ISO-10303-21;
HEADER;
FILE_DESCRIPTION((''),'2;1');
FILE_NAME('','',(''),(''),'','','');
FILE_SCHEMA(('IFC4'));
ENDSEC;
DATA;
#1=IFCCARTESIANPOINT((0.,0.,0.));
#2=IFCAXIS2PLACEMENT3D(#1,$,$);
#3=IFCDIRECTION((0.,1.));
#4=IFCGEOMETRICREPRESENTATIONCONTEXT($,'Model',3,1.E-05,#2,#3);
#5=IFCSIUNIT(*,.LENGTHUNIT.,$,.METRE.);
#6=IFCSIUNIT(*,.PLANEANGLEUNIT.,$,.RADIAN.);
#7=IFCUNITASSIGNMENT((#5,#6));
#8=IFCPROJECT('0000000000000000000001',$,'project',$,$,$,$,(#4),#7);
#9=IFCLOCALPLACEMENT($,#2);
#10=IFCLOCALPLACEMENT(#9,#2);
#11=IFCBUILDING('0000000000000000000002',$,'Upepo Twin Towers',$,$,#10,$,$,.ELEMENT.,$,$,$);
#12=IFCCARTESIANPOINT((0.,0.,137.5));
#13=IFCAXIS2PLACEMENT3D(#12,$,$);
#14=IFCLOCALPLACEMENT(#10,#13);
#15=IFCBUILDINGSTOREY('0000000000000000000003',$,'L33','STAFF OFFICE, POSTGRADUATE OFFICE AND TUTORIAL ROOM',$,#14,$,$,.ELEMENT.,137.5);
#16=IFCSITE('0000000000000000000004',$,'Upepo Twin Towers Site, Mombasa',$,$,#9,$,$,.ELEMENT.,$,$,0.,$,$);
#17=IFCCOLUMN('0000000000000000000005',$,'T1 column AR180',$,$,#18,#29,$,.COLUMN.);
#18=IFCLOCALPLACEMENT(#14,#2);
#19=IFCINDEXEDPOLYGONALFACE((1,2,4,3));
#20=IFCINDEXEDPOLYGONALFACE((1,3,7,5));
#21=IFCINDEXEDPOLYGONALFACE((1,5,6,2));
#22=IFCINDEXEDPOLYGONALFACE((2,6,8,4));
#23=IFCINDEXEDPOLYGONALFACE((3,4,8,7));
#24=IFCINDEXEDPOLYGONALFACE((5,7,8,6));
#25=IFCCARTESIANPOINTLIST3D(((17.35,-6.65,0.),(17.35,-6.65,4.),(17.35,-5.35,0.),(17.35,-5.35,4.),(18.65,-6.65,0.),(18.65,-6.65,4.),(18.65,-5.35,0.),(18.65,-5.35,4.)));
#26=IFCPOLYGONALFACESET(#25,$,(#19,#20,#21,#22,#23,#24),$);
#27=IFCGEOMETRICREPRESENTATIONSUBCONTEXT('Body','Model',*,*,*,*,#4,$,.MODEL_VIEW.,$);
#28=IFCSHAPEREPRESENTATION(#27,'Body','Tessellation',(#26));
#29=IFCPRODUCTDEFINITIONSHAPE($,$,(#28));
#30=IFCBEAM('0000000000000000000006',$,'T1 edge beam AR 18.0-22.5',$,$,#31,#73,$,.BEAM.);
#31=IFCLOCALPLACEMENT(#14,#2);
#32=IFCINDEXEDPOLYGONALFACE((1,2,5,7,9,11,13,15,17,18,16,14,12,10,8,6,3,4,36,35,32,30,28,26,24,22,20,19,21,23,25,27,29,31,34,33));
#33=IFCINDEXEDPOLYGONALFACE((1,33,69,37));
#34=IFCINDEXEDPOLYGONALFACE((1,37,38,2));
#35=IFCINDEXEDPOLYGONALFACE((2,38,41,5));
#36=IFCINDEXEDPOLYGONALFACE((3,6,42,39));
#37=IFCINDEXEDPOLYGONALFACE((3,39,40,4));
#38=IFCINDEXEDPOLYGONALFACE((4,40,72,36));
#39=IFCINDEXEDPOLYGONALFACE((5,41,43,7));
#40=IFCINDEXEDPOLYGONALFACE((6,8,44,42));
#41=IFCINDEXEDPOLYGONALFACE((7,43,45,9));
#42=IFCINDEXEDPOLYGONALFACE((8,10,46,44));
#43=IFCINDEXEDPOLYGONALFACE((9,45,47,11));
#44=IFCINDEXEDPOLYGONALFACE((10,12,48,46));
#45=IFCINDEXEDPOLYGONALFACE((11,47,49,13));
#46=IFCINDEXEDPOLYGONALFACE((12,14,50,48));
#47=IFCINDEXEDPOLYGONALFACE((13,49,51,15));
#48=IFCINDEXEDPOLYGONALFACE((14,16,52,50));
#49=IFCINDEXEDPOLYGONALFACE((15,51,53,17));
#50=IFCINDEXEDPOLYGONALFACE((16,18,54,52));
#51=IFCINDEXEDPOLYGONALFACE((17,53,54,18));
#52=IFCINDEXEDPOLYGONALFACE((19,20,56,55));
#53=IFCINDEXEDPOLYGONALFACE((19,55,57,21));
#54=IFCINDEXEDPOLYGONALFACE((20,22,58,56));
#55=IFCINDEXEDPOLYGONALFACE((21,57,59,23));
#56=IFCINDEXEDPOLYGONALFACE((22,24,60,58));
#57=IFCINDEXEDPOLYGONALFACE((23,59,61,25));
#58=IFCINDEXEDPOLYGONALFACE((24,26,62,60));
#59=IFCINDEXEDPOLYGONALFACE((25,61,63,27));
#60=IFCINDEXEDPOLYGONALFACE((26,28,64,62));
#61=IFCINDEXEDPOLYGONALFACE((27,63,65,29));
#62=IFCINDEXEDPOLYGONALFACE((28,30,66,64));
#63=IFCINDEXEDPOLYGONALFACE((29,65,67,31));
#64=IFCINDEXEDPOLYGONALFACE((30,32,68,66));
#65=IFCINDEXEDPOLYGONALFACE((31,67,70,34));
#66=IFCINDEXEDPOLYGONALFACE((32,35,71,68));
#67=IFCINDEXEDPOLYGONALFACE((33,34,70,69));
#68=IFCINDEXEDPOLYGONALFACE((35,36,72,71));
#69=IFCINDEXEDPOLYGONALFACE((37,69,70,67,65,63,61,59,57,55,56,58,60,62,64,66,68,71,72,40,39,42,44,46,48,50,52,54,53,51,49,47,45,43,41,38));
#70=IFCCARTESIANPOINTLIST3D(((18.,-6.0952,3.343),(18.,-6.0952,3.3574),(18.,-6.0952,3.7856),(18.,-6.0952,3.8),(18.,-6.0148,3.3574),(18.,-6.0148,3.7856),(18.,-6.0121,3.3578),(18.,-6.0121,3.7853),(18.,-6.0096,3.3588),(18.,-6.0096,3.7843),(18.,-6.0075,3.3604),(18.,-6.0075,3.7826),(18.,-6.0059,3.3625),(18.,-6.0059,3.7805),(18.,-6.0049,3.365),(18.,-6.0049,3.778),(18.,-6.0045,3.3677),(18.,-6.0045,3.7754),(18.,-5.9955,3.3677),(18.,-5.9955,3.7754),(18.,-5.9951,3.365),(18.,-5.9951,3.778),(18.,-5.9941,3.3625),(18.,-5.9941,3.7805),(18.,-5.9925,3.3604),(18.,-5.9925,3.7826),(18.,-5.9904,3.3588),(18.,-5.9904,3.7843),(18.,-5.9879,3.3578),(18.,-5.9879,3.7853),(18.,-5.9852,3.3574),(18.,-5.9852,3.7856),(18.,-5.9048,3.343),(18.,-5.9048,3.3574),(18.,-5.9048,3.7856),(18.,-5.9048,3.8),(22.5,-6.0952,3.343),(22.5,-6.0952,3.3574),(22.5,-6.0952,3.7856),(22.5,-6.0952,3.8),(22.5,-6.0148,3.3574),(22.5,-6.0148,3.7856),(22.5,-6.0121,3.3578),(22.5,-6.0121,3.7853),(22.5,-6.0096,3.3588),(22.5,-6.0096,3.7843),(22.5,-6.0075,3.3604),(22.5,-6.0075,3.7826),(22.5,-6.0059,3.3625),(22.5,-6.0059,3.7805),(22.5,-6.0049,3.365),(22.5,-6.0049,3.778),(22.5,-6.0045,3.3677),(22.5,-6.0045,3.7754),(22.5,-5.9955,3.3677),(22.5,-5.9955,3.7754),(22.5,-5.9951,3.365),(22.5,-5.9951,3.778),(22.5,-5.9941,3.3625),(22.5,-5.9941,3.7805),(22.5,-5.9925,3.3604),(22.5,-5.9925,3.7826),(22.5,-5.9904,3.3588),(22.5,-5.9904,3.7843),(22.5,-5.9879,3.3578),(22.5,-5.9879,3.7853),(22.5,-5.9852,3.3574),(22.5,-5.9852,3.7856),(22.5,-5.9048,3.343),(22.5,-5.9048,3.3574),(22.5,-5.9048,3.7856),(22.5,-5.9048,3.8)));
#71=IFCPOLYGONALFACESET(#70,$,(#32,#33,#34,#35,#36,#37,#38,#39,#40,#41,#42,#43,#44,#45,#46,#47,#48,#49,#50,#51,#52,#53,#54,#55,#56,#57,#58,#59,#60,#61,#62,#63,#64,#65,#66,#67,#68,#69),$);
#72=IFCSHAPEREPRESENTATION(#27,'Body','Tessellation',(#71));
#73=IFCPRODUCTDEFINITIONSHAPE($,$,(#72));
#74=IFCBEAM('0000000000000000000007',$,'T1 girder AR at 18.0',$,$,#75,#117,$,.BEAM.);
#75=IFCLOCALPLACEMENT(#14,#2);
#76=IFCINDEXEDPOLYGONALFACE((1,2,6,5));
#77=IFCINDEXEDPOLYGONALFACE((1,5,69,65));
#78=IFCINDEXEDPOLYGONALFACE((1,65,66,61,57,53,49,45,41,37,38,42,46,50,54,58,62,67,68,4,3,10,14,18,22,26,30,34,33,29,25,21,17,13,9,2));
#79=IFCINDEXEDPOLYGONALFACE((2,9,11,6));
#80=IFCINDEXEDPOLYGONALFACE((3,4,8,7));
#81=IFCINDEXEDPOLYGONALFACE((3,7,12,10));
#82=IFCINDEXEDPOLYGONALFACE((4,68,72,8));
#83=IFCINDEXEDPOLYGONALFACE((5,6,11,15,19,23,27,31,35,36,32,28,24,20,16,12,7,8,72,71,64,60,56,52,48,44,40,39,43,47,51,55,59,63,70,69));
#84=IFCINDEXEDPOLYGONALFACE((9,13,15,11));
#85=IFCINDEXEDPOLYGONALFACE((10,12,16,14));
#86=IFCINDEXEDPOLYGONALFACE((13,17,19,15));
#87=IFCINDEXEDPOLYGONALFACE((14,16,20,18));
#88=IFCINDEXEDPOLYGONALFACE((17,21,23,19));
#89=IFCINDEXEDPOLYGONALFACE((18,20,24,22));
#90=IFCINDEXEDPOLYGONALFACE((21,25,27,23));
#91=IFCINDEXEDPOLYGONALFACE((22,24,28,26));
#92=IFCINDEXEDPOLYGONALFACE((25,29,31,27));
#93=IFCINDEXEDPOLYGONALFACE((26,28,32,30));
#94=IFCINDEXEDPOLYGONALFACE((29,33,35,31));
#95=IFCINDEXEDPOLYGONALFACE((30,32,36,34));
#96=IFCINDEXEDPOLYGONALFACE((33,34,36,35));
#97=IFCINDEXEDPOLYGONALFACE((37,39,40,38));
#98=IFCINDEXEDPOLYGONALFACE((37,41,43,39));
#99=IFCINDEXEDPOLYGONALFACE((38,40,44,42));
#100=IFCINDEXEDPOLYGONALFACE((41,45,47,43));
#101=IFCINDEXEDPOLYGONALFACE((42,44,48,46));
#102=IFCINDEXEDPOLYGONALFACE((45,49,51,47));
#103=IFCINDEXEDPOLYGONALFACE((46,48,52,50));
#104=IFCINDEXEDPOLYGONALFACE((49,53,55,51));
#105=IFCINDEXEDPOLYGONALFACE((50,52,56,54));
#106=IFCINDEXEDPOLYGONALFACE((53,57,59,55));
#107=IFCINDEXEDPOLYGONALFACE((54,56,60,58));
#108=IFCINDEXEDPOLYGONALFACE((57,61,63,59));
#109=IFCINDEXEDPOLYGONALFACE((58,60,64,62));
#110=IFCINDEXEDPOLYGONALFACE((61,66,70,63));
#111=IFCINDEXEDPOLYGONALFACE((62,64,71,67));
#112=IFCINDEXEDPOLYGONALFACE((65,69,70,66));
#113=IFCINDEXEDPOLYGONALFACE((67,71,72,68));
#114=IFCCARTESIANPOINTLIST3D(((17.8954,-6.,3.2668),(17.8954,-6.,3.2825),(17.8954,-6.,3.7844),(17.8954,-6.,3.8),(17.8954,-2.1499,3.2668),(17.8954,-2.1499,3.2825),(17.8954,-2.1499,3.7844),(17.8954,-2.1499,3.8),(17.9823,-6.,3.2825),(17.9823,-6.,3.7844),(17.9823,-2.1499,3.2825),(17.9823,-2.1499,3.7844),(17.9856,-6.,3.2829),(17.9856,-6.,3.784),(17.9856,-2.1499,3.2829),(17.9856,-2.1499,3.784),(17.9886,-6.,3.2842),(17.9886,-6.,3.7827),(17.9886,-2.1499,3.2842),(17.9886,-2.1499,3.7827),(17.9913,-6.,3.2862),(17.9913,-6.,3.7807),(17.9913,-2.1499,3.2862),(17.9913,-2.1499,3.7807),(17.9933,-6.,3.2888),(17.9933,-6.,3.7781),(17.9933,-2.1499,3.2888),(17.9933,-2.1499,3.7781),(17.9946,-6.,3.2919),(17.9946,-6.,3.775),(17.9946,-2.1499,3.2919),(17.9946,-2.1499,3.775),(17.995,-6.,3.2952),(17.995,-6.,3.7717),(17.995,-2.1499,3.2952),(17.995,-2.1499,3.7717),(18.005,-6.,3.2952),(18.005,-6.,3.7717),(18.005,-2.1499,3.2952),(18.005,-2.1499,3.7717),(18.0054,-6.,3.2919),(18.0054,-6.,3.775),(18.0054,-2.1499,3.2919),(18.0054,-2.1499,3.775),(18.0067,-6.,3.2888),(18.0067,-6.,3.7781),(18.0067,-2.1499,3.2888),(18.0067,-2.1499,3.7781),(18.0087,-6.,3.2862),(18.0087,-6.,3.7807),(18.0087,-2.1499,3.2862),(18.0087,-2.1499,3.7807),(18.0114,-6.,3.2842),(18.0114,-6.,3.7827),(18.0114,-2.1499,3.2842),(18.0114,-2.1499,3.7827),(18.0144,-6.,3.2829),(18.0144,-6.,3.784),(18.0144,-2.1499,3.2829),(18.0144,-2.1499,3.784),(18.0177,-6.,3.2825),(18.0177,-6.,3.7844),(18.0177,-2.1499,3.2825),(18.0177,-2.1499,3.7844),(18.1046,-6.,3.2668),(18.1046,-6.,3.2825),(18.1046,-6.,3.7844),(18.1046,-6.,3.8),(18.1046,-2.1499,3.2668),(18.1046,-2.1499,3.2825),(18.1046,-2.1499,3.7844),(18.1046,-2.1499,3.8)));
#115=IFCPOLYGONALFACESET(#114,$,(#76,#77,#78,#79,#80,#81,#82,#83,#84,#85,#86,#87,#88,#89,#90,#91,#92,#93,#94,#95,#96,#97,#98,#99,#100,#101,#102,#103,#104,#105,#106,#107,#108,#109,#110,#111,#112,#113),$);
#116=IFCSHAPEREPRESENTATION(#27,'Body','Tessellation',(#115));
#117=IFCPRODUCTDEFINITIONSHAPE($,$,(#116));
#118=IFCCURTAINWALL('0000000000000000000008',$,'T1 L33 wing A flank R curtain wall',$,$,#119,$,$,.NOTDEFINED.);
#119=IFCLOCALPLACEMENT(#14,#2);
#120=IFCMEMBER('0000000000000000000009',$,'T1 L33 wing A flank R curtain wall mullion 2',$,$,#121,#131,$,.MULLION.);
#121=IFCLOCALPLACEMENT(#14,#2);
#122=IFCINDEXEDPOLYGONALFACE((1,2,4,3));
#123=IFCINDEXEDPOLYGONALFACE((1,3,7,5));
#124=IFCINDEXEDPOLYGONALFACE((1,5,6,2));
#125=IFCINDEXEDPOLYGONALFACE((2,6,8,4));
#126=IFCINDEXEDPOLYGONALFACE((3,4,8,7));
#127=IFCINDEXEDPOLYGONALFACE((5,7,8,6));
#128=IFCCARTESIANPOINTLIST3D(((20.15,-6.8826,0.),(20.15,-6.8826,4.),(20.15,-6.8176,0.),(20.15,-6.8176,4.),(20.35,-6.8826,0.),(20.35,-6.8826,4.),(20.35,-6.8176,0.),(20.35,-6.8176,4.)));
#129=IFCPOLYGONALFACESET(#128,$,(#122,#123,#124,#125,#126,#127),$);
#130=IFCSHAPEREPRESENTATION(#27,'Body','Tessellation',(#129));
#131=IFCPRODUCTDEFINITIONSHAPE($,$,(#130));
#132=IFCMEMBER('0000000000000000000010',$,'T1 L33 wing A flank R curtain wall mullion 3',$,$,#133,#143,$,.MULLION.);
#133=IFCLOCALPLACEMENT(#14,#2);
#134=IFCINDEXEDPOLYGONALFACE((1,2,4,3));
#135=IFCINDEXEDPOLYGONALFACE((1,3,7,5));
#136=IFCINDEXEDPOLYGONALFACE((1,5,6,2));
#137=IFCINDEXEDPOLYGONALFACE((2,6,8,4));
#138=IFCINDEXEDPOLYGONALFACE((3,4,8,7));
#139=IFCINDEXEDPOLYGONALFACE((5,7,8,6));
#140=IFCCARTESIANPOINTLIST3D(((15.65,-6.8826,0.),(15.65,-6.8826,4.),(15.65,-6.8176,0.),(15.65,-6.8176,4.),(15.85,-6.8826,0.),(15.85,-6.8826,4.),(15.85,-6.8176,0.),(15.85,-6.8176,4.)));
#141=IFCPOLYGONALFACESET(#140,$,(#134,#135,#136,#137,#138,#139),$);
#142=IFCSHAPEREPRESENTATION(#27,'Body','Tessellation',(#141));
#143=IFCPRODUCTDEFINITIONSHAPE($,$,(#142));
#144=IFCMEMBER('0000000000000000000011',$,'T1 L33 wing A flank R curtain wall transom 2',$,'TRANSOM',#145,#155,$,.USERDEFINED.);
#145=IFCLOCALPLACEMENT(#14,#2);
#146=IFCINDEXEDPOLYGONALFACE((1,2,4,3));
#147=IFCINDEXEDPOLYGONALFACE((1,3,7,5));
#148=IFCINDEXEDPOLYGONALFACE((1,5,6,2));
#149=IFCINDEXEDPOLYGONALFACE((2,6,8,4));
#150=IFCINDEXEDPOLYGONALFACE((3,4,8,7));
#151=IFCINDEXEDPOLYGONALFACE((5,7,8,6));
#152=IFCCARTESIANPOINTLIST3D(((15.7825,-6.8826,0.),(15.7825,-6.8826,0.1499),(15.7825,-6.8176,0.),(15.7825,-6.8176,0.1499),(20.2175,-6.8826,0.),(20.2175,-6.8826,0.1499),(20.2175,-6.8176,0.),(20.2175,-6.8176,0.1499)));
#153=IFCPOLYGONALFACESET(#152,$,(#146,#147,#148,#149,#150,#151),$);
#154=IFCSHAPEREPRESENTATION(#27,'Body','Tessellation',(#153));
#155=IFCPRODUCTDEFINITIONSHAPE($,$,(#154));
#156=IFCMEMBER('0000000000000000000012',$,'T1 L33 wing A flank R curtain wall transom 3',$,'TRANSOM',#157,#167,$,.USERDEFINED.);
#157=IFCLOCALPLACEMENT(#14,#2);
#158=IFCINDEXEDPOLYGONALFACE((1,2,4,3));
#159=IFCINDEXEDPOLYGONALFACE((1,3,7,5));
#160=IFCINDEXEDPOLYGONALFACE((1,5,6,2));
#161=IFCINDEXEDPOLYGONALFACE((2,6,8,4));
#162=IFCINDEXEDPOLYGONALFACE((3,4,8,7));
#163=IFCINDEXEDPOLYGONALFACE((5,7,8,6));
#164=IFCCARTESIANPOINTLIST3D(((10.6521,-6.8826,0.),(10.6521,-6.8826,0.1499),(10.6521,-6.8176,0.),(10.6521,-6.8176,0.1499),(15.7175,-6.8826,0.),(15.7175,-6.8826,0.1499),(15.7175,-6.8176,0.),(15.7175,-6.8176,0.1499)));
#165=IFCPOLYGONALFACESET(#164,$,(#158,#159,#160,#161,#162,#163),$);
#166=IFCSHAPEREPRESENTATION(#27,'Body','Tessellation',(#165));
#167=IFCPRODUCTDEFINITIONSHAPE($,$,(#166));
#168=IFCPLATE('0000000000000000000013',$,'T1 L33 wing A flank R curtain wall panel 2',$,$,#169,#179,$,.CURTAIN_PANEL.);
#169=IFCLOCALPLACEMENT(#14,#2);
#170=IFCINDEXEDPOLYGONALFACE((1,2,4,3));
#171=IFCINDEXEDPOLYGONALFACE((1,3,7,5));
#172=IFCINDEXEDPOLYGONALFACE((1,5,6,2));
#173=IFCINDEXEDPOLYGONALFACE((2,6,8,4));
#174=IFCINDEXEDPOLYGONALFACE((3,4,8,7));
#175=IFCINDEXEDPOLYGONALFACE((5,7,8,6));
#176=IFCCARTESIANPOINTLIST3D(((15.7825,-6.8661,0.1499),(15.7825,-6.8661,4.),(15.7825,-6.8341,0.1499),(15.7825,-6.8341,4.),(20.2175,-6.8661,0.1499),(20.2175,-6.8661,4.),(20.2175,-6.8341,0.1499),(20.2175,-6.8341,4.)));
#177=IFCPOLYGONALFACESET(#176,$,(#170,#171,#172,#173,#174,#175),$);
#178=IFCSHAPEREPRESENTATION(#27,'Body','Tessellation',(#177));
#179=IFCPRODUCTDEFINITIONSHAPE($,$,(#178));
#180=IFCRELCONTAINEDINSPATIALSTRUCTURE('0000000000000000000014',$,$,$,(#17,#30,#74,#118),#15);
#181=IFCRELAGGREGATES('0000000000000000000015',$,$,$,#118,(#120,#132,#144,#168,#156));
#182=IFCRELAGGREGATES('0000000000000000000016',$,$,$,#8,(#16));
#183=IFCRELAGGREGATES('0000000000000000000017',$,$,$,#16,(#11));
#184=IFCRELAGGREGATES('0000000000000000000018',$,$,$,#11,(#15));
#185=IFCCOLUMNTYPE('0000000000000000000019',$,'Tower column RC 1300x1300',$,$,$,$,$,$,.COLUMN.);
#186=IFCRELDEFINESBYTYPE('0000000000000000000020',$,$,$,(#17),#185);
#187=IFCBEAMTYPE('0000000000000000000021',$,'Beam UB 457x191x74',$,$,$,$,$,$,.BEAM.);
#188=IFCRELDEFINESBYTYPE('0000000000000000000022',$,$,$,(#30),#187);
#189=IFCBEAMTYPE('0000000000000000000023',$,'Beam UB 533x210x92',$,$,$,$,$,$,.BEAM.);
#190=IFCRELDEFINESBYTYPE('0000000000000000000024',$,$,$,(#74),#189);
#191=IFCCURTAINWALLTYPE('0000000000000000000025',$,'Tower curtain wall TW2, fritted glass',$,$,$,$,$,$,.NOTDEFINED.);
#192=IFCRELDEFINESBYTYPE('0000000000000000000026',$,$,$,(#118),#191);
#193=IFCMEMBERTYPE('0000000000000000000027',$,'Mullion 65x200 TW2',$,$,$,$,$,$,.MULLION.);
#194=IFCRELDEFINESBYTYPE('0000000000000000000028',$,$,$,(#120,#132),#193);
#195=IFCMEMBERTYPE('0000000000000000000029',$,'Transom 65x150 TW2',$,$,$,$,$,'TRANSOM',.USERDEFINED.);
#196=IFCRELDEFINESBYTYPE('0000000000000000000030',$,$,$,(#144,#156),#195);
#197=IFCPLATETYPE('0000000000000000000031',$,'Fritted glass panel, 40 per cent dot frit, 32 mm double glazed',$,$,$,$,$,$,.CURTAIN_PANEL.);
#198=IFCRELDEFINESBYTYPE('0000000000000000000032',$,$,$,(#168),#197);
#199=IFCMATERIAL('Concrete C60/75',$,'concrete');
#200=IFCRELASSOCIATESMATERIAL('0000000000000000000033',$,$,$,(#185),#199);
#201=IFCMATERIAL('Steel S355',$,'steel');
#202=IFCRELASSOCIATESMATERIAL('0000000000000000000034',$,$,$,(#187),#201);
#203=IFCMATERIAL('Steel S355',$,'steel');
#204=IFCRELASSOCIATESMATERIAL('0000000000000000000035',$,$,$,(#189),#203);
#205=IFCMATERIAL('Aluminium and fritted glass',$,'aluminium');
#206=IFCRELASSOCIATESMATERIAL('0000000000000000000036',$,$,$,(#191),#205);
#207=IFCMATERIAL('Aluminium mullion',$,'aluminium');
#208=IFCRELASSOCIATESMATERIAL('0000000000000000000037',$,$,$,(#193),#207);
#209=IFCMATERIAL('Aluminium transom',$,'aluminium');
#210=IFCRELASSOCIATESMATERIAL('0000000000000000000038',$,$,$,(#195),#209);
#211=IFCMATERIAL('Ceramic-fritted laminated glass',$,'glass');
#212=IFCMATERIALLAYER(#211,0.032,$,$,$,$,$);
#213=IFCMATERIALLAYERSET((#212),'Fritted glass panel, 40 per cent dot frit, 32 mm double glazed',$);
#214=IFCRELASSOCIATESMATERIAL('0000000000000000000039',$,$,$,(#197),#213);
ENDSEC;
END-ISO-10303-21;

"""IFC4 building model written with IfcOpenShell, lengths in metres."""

from ifc_helpers import new_model, si_unit, direction, frame, origin, origin_2d, place, context, subcontext, project, spatial, rectangle, i_section, extrude, material, layer, layer_set, material_profile, profile_set, type_object, element, aggregate, save


model = new_model("IFC4")

# Units and contexts
model_context = context("Model", 3, precision=1e-05, world=origin(), true_north=direction((0.0, 1.0)))
body_context = subcontext(model_context, "Body", "Model", "MODEL_VIEW")
ifc_project = project(units=[si_unit("LENGTHUNIT", "METRE"), si_unit("PLANEANGLEUNIT", "RADIAN")], contexts=[model_context])

# Site, building, storey
site_placement = place(None, origin())
site = spatial("IfcSite", under=ifc_project, at=site_placement, Name="Upepo Twin Towers Site, Mombasa", CompositionType="ELEMENT", RefElevation=0.0)
building_placement = place(site_placement, origin())
building = spatial("IfcBuilding", under=site, at=building_placement, Name="Upepo Twin Towers", CompositionType="ELEMENT")
storey_placement = place(building_placement, frame((0.0, 0.0, 137.5)))
storey = spatial("IfcBuildingStorey", under=building, at=storey_placement, Name="L33", Description="STAFF OFFICE, POSTGRADUATE OFFICE AND TUTORIAL ROOM", CompositionType="ELEMENT", Elevation=137.5)

# Column
ifc_material_1 = material(Name="Concrete C60/75", Category="concrete")
ifc_material_profile_1 = material_profile(ifc_material_1, rectangle(XDim=1.3, YDim=1.3, at=origin_2d()), Name="RC 1300x1300")
ifc_profile_set_1 = profile_set([ifc_material_profile_1], Name="Concrete C60/75")
column_type = type_object("IfcColumnType", Name="Tower column RC 1300x1300", PredefinedType="COLUMN", material=ifc_profile_set_1)
column_placement = place(storey_placement, frame((18.0, -6.0, 0.0), z_axis=(0.0, 0.0, 1.0), x_axis=(1.0, 0.0, 0.0)))
element("IfcColumn", 1, at=column_placement, inside=storey, type_object=column_type, Name="T1 column AR180", PredefinedType="COLUMN", context=body_context, shape_type="SweptSolid", body=[
    extrude(rectangle(XDim=1.3, YDim=1.3, at=origin_2d()), origin(), (0.0, 0.0, 1.0), 4.0),
])

# Beams
ifc_material_2 = material(Name="Steel S355", Category="steel")
ifc_material_profile_2 = material_profile(ifc_material_2, i_section(OverallWidth=0.1904, OverallDepth=0.457, WebThickness=0.009, FlangeThickness=0.0144, FilletRadius=0.0103, at=origin_2d()), Name="UB 457x191x74")
ifc_profile_set_2 = profile_set([ifc_material_profile_2], Name="Steel S355")
beam_type_1 = type_object("IfcBeamType", Name="Beam UB 457x191x74", PredefinedType="BEAM", material=ifc_profile_set_2)
beam_1_placement = place(storey_placement, frame((18.0, -6.0, 3.5715), z_axis=(1.0, 0.0, 0.0), x_axis=(0.0, 1.0, 0.0)))
element("IfcBeam", 2, at=beam_1_placement, inside=storey, type_object=beam_type_1, Name="T1 edge beam AR 18.0-22.5", PredefinedType="BEAM", context=body_context, shape_type="SweptSolid", body=[
    extrude(i_section(OverallWidth=0.1904, OverallDepth=0.457, WebThickness=0.009, FlangeThickness=0.0144, FilletRadius=0.0103, at=origin_2d()), origin(), (0.0, 0.0, 1.0), 4.5),
])
ifc_material_3 = material(Name="Steel S355", Category="steel")
ifc_material_profile_3 = material_profile(ifc_material_3, i_section(OverallWidth=0.2092, OverallDepth=0.5332, WebThickness=0.01, FlangeThickness=0.0156, FilletRadius=0.0127, at=origin_2d()), Name="UB 533x210x92")
ifc_profile_set_3 = profile_set([ifc_material_profile_3], Name="Steel S355")
beam_type_2 = type_object("IfcBeamType", Name="Beam UB 533x210x92", PredefinedType="BEAM", material=ifc_profile_set_3)
beam_2_placement = place(storey_placement, frame((18.0, -6.0, 3.5334), z_axis=(0.0, 1.0, 0.0), x_axis=(-1.0, 0.0, 0.0)))
element("IfcBeam", 3, at=beam_2_placement, inside=storey, type_object=beam_type_2, Name="T1 girder AR at 18.0", PredefinedType="BEAM", context=body_context, shape_type="SweptSolid", body=[
    extrude(i_section(OverallWidth=0.2092, OverallDepth=0.5332, WebThickness=0.01, FlangeThickness=0.0156, FilletRadius=0.0127, at=origin_2d()), origin(), (0.0, 0.0, 1.0), 3.8501),
])

# Curtain wall, members, plate
ifc_material_4 = material(Name="Aluminium and fritted glass", Category="aluminium")
curtain_wall_type = type_object("IfcCurtainWallType", Name="Tower curtain wall TW2, fritted glass", PredefinedType="NOTDEFINED", material=ifc_material_4)
curtain_wall_placement = place(storey_placement, origin())
curtain_wall = element("IfcCurtainWall", 4, at=curtain_wall_placement, inside=storey, type_object=curtain_wall_type, Name="T1 L33 wing A flank R curtain wall", PredefinedType="NOTDEFINED")
ifc_material_5 = material(Name="Aluminium mullion", Category="aluminium")
ifc_material_profile_4 = material_profile(ifc_material_5, rectangle(XDim=0.0649, YDim=0.2, at=origin_2d()), Name="MULLION 65x200")
ifc_profile_set_4 = profile_set([ifc_material_profile_4], Name="Aluminium mullion")
member_type_1 = type_object("IfcMemberType", Name="Mullion 65x200 TW2", PredefinedType="MULLION", material=ifc_profile_set_4)
member_1_placement = place(storey_placement, frame((20.25, -6.8501, 0.0), z_axis=(0.0, 0.0, 1.0), x_axis=(0.0, -1.0, 0.0)))
member_1 = element("IfcMember", 5, at=member_1_placement, type_object=member_type_1, Name="T1 L33 wing A flank R curtain wall mullion 2", PredefinedType="MULLION", context=body_context, shape_type="SweptSolid", body=[
    extrude(rectangle(XDim=0.0649, YDim=0.2, at=origin_2d()), origin(), (0.0, 0.0, 1.0), 4.0),
])
member_2_placement = place(storey_placement, frame((15.75, -6.8501, 0.0), z_axis=(0.0, 0.0, 1.0), x_axis=(0.0, -1.0, 0.0)))
member_2 = element("IfcMember", 6, at=member_2_placement, type_object=member_type_1, Name="T1 L33 wing A flank R curtain wall mullion 3", PredefinedType="MULLION", context=body_context, shape_type="SweptSolid", body=[
    extrude(rectangle(XDim=0.0649, YDim=0.2, at=origin_2d()), origin(), (0.0, 0.0, 1.0), 4.0),
])
ifc_material_6 = material(Name="Aluminium transom", Category="aluminium")
ifc_material_profile_5 = material_profile(ifc_material_6, rectangle(XDim=0.0649, YDim=0.1499, at=origin_2d()), Name="TRANSOM 65x150")
ifc_profile_set_5 = profile_set([ifc_material_profile_5], Name="Aluminium transom")
member_type_2 = type_object("IfcMemberType", Name="Transom 65x150 TW2", ElementType="TRANSOM", PredefinedType="USERDEFINED", material=ifc_profile_set_5)
member_3_placement = place(storey_placement, frame((20.2175, -6.8501, 0.075), z_axis=(-1.0, 0.0, 0.0), x_axis=(0.0, -1.0, 0.0)))
member_3 = element("IfcMember", 7, at=member_3_placement, type_object=member_type_2, Name="T1 L33 wing A flank R curtain wall transom 2", ObjectType="TRANSOM", PredefinedType="USERDEFINED", context=body_context, shape_type="SweptSolid", body=[
    extrude(rectangle(XDim=0.0649, YDim=0.1499, at=origin_2d()), origin(), (0.0, 0.0, 1.0), 4.4351),
])
member_4_placement = place(storey_placement, frame((15.7175, -6.8501, 0.075), z_axis=(-1.0, 0.0, 0.0), x_axis=(0.0, -1.0, 0.0)))
member_4 = element("IfcMember", 8, at=member_4_placement, type_object=member_type_2, Name="T1 L33 wing A flank R curtain wall transom 3", ObjectType="TRANSOM", PredefinedType="USERDEFINED", context=body_context, shape_type="SweptSolid", body=[
    extrude(rectangle(XDim=0.0649, YDim=0.1499, at=origin_2d()), origin(), (0.0, 0.0, 1.0), 5.0654),
])
ifc_material_7 = material(Name="Ceramic-fritted laminated glass", Category="glass")
ifc_layer_1 = layer(ifc_material_7, 0.032)
ifc_layer_set_1 = layer_set([ifc_layer_1], Name="Fritted glass panel, 40 per cent dot frit, 32 mm double glazed")
plate_type = type_object("IfcPlateType", Name="Fritted glass panel, 40 per cent dot frit, 32 mm double glazed", PredefinedType="CURTAIN_PANEL", material=ifc_layer_set_1)
plate_placement = place(storey_placement, frame((18.0, -6.8501, 0.1499), z_axis=(0.0, 0.0, 1.0), x_axis=(-1.0, 0.0, 0.0)))
plate = element("IfcPlate", 9, at=plate_placement, type_object=plate_type, Name="T1 L33 wing A flank R curtain wall panel 2", PredefinedType="CURTAIN_PANEL", context=body_context, shape_type="SweptSolid", body=[
    extrude(rectangle(XDim=4.4351, YDim=0.032, at=origin_2d()), origin(), (0.0, 0.0, 1.0), 3.8501),
])
aggregate(curtain_wall, [member_1, member_2, member_3, plate, member_4])

save(model, "model.ifc")
